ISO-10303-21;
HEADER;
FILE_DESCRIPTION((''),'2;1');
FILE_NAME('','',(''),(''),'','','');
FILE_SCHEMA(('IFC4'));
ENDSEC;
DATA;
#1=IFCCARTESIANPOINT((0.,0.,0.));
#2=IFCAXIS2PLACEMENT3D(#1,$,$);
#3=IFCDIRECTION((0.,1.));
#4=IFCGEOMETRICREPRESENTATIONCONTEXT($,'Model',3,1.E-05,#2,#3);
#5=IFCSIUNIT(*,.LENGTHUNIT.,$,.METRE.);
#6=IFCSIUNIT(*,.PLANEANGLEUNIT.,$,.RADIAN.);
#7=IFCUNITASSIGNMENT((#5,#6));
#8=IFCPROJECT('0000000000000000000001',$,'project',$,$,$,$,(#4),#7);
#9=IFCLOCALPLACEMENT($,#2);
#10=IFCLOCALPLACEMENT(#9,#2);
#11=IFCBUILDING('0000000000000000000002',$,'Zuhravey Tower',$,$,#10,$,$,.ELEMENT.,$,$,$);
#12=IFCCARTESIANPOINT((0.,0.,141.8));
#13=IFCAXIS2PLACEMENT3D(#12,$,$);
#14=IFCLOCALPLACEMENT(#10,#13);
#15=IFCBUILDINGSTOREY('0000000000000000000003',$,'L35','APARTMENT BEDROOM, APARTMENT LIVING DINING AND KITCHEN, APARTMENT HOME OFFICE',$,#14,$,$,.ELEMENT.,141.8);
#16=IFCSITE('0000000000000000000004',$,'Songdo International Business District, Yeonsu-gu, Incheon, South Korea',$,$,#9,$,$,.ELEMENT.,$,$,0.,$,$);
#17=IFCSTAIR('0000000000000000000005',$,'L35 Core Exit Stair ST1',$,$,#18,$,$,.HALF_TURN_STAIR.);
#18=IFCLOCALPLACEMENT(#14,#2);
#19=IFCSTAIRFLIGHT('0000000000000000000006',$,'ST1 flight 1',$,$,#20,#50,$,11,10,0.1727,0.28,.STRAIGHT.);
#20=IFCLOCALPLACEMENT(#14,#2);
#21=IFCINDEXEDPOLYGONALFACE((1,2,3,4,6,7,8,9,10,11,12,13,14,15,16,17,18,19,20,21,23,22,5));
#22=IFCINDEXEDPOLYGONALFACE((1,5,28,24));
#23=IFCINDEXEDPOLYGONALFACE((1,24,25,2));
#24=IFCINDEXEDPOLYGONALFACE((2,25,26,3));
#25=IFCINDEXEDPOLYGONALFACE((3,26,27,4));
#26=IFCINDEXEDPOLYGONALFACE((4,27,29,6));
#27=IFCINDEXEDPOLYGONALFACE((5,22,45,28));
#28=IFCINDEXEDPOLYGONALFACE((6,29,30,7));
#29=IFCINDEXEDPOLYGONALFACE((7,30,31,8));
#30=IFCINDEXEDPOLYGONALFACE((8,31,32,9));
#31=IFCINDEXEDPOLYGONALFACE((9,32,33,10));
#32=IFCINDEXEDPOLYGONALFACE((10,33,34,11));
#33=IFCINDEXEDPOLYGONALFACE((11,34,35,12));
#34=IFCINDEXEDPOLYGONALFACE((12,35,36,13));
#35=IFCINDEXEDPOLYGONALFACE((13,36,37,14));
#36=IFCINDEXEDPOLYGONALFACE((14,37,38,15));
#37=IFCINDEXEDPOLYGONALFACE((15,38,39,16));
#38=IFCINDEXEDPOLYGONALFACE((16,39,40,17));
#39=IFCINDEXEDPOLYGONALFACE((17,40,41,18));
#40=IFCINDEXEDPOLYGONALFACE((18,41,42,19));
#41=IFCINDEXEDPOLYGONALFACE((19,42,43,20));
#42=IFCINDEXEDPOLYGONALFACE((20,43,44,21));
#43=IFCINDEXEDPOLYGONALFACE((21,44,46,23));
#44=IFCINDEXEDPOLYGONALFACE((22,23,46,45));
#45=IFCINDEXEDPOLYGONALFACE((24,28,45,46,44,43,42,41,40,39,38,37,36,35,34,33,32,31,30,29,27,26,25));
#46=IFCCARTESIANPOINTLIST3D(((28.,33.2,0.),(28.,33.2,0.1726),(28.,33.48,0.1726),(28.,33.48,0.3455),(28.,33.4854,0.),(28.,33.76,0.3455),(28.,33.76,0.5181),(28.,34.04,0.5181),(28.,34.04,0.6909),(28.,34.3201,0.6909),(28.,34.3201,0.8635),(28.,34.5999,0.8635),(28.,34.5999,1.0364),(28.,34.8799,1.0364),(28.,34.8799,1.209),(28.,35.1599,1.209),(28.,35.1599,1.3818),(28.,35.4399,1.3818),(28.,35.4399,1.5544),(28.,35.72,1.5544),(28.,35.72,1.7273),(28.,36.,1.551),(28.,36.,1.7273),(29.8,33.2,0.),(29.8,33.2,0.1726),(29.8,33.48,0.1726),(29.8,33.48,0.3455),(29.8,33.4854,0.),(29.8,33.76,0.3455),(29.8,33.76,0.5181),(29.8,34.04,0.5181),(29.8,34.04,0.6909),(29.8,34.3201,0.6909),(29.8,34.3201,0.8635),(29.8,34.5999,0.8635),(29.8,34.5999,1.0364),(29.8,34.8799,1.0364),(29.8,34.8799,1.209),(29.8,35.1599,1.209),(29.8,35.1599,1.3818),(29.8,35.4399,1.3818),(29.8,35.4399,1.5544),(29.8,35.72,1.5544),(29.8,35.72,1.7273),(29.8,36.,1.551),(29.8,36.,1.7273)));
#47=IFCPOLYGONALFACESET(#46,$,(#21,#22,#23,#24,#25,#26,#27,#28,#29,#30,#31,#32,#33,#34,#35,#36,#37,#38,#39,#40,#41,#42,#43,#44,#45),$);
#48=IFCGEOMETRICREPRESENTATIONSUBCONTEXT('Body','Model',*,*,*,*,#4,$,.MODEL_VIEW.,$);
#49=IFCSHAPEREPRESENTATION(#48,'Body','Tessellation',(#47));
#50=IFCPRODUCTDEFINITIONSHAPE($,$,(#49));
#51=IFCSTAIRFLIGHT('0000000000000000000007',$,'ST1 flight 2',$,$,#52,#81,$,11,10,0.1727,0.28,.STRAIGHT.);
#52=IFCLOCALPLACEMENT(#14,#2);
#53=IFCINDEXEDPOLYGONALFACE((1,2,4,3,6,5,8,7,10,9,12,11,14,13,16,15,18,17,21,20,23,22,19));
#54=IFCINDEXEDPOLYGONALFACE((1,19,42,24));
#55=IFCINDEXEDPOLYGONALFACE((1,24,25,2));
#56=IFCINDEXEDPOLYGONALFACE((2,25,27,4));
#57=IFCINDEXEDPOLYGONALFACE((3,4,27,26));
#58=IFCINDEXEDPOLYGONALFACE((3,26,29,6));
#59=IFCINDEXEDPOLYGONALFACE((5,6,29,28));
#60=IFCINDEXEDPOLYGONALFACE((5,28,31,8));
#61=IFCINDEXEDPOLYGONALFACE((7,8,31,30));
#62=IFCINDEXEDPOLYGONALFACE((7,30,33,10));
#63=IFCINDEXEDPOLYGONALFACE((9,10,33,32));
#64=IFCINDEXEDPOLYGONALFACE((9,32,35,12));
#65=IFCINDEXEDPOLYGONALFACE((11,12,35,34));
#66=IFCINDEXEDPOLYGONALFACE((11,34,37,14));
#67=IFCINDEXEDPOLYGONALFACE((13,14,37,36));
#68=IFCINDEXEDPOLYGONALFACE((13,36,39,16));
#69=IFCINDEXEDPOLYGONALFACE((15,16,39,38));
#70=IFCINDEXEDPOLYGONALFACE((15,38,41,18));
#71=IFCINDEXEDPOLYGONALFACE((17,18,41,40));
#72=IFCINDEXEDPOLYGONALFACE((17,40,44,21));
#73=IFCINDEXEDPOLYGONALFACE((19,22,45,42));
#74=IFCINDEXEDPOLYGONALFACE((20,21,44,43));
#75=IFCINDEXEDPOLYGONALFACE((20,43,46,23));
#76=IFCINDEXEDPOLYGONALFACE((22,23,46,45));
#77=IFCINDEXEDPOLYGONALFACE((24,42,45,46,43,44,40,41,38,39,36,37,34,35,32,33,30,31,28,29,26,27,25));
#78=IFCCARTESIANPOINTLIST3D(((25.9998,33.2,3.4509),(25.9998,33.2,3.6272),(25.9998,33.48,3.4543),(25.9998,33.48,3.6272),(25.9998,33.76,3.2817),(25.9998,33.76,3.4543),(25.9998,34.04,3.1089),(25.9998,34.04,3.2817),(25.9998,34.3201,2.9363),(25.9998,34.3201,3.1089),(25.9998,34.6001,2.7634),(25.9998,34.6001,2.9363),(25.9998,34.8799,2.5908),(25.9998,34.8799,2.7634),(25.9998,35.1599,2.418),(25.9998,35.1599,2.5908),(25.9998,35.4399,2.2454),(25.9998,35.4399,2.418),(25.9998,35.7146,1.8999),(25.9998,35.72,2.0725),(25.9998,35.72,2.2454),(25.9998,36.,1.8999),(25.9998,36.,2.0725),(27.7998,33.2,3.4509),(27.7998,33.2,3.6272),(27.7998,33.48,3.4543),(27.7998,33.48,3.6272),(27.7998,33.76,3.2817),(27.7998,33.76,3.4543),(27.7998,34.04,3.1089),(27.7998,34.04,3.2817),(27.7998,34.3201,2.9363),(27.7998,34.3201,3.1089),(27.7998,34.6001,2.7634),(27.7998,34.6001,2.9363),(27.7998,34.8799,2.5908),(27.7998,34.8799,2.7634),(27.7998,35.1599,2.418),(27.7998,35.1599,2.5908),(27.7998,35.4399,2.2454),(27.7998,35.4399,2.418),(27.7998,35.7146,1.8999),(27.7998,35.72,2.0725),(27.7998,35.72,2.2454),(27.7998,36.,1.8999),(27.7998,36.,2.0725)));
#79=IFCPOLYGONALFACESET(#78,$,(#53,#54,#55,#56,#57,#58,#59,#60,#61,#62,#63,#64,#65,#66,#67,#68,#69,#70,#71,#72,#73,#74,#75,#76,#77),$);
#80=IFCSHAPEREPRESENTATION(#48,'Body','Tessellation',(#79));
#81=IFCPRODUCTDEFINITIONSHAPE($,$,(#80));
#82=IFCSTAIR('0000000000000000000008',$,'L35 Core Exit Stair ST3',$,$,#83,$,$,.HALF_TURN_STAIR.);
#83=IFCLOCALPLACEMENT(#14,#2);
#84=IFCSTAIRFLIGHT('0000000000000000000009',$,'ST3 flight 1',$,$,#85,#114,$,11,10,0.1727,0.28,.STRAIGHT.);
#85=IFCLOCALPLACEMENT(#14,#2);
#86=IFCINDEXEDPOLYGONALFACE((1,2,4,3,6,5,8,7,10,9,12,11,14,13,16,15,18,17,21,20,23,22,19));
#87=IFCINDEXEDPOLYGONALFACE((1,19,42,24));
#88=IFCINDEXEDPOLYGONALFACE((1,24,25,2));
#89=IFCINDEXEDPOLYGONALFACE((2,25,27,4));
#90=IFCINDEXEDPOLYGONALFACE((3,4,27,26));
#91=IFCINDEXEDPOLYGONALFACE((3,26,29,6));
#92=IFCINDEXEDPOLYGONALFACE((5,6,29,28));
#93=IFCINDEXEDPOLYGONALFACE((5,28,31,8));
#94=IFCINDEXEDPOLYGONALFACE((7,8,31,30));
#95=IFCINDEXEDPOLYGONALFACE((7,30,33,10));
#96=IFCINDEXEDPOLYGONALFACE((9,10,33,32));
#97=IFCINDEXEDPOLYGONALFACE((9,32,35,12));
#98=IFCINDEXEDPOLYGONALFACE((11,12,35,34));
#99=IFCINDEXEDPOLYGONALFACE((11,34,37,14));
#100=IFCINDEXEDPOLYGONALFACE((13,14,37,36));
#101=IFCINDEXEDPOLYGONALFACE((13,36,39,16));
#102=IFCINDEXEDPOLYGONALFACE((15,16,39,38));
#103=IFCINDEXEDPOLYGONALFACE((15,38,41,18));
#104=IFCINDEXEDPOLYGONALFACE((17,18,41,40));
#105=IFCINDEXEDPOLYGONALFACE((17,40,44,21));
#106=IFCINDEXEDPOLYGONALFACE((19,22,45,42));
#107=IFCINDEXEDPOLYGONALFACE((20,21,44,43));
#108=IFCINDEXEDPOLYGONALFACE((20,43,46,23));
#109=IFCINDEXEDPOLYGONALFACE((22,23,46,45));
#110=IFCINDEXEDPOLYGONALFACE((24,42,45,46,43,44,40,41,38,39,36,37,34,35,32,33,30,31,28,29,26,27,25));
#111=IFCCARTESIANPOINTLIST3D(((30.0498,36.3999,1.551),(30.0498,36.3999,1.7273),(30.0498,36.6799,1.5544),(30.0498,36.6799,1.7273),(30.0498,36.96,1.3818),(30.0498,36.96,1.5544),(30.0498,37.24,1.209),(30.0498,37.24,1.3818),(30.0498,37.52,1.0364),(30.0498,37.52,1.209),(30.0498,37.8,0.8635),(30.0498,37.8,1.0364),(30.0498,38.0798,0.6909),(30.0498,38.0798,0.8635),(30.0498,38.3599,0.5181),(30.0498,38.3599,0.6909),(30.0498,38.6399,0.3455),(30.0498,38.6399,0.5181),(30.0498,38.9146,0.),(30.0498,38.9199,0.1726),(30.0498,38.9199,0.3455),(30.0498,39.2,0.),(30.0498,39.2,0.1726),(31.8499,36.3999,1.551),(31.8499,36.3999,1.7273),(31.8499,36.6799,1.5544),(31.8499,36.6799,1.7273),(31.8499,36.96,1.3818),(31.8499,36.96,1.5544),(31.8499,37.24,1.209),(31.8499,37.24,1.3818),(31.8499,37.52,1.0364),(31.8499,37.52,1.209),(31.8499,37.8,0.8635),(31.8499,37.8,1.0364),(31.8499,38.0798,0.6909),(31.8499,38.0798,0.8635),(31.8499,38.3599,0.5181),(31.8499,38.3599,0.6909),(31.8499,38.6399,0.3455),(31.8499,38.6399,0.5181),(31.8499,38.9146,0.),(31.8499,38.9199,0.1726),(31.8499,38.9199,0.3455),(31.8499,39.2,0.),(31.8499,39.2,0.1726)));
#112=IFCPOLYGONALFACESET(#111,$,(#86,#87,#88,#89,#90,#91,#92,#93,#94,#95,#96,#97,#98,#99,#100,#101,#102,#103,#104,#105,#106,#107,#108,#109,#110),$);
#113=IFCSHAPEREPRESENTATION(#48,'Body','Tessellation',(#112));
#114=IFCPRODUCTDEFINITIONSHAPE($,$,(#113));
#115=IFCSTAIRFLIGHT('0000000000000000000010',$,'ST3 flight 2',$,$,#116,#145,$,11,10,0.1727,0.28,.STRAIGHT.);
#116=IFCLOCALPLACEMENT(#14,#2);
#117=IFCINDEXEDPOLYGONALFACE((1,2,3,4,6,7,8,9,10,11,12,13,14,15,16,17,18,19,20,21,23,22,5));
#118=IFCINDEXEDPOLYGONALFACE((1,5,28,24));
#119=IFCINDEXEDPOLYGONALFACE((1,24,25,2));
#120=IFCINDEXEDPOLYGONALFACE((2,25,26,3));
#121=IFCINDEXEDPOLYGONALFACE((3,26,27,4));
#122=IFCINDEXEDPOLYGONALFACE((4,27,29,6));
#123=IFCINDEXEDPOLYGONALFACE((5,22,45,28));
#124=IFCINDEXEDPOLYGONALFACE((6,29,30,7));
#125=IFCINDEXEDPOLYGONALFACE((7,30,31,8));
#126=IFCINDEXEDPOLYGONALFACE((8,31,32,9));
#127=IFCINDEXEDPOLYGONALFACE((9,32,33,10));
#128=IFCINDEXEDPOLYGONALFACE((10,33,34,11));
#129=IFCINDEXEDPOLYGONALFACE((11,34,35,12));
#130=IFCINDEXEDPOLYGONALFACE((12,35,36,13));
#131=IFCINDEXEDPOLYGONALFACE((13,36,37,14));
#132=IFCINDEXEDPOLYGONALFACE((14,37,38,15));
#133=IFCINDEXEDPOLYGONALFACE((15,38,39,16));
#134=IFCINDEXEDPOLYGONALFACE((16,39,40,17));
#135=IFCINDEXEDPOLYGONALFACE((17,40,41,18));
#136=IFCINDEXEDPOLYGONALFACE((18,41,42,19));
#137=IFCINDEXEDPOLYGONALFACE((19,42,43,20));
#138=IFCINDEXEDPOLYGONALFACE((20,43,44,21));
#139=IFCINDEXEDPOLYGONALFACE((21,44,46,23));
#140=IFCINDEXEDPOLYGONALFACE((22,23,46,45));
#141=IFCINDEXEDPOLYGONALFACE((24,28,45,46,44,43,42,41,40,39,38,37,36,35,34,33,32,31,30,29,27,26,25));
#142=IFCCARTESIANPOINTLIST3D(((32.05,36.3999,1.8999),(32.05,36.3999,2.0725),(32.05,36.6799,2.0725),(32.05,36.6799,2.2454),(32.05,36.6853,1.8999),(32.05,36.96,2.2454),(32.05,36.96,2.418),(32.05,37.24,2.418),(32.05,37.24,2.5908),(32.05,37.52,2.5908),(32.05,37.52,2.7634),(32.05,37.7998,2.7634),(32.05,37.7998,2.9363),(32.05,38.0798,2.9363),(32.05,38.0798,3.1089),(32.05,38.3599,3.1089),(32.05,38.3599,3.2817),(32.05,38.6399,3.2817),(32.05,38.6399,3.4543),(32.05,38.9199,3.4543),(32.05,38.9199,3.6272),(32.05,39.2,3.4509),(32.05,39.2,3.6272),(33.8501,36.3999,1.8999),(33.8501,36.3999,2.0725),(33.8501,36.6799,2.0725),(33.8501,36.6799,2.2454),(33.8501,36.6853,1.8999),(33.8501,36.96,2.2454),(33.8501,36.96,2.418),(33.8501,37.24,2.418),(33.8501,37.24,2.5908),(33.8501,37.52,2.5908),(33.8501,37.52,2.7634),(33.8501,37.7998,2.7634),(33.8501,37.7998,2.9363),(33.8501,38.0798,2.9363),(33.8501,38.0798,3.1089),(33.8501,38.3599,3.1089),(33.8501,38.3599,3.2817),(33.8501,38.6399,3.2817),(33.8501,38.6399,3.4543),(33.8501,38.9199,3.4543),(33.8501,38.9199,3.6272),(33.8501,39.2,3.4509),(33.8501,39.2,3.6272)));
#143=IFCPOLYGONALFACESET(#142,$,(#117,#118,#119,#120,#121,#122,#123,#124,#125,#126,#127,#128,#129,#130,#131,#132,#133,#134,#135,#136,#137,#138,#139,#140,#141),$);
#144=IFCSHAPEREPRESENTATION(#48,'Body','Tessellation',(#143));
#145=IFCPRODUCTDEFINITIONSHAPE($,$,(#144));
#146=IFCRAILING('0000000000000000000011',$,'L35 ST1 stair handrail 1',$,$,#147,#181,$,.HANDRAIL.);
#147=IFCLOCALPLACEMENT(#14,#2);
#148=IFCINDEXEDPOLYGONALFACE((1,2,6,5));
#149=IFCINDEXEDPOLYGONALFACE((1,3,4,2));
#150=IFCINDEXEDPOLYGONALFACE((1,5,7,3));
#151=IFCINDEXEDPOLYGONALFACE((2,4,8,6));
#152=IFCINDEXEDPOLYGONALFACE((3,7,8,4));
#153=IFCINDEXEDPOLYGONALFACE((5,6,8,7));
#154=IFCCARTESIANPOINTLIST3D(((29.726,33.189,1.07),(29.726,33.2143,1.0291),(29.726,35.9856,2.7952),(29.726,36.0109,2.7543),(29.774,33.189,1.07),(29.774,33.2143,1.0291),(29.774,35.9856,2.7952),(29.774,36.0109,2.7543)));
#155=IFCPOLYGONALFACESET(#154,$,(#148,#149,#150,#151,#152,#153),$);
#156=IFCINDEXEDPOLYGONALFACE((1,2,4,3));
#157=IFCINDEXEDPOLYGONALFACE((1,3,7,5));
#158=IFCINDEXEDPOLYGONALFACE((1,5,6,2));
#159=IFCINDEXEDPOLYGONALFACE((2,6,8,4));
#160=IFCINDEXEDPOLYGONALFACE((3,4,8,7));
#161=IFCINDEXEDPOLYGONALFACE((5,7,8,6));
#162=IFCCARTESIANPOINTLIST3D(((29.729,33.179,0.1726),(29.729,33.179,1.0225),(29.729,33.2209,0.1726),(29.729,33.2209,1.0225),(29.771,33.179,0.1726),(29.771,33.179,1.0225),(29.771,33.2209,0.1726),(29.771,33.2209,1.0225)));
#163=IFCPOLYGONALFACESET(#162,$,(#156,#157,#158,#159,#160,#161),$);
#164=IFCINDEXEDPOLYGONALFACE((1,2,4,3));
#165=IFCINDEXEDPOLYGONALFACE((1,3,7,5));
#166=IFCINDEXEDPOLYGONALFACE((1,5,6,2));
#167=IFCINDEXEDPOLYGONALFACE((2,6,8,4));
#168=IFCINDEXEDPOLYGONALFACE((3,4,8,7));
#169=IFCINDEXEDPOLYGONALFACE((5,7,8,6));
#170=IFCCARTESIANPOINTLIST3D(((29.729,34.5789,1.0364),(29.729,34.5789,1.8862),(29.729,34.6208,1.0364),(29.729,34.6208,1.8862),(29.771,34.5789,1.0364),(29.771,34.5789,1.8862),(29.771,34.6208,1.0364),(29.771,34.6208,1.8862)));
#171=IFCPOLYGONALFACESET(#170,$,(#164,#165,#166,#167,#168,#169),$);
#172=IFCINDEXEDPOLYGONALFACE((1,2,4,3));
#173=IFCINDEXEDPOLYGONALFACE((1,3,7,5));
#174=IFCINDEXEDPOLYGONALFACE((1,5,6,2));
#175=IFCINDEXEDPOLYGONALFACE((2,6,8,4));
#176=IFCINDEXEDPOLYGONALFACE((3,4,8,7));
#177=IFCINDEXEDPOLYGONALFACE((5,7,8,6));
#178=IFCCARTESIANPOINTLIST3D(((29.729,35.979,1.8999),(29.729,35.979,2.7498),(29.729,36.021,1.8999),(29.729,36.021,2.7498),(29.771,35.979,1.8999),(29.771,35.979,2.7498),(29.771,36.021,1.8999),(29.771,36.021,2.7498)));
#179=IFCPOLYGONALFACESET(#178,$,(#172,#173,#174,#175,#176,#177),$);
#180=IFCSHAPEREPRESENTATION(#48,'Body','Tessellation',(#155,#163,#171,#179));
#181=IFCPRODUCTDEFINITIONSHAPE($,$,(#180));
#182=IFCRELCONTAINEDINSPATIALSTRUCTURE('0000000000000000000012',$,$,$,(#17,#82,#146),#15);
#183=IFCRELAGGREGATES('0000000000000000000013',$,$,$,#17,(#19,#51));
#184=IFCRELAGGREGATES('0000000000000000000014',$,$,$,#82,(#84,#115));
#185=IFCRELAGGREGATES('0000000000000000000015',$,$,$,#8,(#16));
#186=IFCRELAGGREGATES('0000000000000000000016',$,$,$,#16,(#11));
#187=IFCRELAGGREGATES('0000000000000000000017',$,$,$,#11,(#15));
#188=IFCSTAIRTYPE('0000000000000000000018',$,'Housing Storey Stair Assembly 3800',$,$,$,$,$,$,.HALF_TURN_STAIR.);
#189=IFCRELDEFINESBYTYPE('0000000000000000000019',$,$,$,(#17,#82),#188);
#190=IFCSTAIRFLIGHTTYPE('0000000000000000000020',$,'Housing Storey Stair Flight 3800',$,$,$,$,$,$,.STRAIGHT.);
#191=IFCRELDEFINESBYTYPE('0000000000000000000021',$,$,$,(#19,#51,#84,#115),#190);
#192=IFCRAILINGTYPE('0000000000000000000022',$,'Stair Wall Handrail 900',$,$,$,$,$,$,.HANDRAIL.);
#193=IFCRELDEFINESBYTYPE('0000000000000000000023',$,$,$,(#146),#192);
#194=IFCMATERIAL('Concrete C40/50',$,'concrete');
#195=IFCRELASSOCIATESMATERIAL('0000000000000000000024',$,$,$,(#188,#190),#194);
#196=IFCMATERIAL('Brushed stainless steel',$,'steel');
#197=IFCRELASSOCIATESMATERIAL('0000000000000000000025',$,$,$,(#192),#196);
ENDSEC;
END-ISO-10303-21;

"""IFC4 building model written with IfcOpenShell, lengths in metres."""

from ifc_helpers import new_model, si_unit, direction, frame, origin, origin_2d, place, context, subcontext, project, spatial, polyline, rectangle, outline, extrude, material, type_object, element, aggregate, save


model = new_model("IFC4")

# Units and contexts
model_context = context("Model", 3, precision=1e-05, world=origin(), true_north=direction((0.0, 1.0)))
body_context = subcontext(model_context, "Body", "Model", "MODEL_VIEW")
ifc_project = project(units=[si_unit("LENGTHUNIT", "METRE"), si_unit("PLANEANGLEUNIT", "RADIAN")], contexts=[model_context])

# Site, building, storey
site_placement = place(None, origin())
site = spatial("IfcSite", under=ifc_project, at=site_placement, Name="Songdo International Business District, Yeonsu-gu, Incheon, South Korea", CompositionType="ELEMENT", RefElevation=0.0)
building_placement = place(site_placement, origin())
building = spatial("IfcBuilding", under=site, at=building_placement, Name="Zuhravey Tower", CompositionType="ELEMENT")
storey_placement = place(building_placement, frame((0.0, 0.0, 141.8)))
storey = spatial("IfcBuildingStorey", under=building, at=storey_placement, Name="L35", Description="APARTMENT BEDROOM, APARTMENT LIVING DINING AND KITCHEN, APARTMENT HOME OFFICE", CompositionType="ELEMENT", Elevation=141.8)

# Stairs, stair flights
ifc_material_1 = material(Name="Concrete C40/50", Category="concrete")
stair_type = type_object("IfcStairType", Name="Housing Storey Stair Assembly 3800", PredefinedType="HALF_TURN_STAIR", material=ifc_material_1)
stair_1_placement = place(storey_placement, origin())
stair_1 = element("IfcStair", 1, at=stair_1_placement, inside=storey, type_object=stair_type, Name="L35 Core Exit Stair ST1", PredefinedType="HALF_TURN_STAIR")
stair_flight_type = type_object("IfcStairFlightType", Name="Housing Storey Stair Flight 3800", PredefinedType="STRAIGHT", material=ifc_material_1)
stair_flight_1_placement = place(storey_placement, frame((28.8999, 33.2, 0.0), z_axis=(0.0, 0.0, 1.0), x_axis=(0.0, 1.0, 0.0)))
stair_flight_1 = element("IfcStairFlight", 2, at=stair_flight_1_placement, type_object=stair_flight_type, Name="ST1 flight 1", NumberOfRisers=11, NumberOfTreads=10, PredefinedType="STRAIGHT", RiserHeight=0.1727, TreadLength=0.28, context=body_context, shape_type="SweptSolid", body=[
    extrude(outline(polyline([(0.0, 0.0), (0.0, 0.1726), (0.28, 0.1726), (0.28, 0.3455), (0.5601, 0.3455), (0.5601, 0.5181), (0.8401, 0.5181), (0.8401, 0.6909), (1.1201, 0.6909), (1.1201, 0.8635), (1.3999, 0.8635), (1.3999, 1.0364), (1.6799, 1.0364), (1.6799, 1.209), (1.96, 1.209), (1.96, 1.3818), (2.24, 1.3818), (2.24, 1.5544), (2.52, 1.5544), (2.52, 1.7273), (2.8, 1.7273), (2.8, 1.8999), (2.8, 1.551), (0.2854, 0.0), (0.0, 0.0)])), frame((0.0, 0.8999, 0.0), z_axis=(0.0, -1.0, 0.0), x_axis=(1.0, 0.0, 0.0)), (0.0, 0.0, 1.0), 1.8),
])
stair_flight_2_placement = place(storey_placement, frame((26.8999, 36.0, 1.8999), z_axis=(0.0, 0.0, 1.0), x_axis=(0.0, -1.0, 0.0)))
stair_flight_2 = element("IfcStairFlight", 3, at=stair_flight_2_placement, type_object=stair_flight_type, Name="ST1 flight 2", NumberOfRisers=11, NumberOfTreads=10, PredefinedType="STRAIGHT", RiserHeight=0.1727, TreadLength=0.28, context=body_context, shape_type="SweptSolid", body=[
    extrude(outline(polyline([(0.0, 0.0), (0.0, 0.1726), (0.28, 0.1726), (0.28, 0.3455), (0.5601, 0.3455), (0.5601, 0.5181), (0.8401, 0.5181), (0.8401, 0.6909), (1.1201, 0.6909), (1.1201, 0.8635), (1.3999, 0.8635), (1.3999, 1.0364), (1.6799, 1.0364), (1.6799, 1.209), (1.96, 1.209), (1.96, 1.3818), (2.24, 1.3818), (2.24, 1.5544), (2.52, 1.5544), (2.52, 1.7273), (2.8, 1.7273), (2.8, 1.8999), (2.8, 1.551), (0.2854, 0.0), (0.0, 0.0)])), frame((0.0, 0.8999, 0.0), z_axis=(0.0, -1.0, 0.0), x_axis=(1.0, 0.0, 0.0)), (0.0, 0.0, 1.0), 1.8),
])
aggregate(stair_1, [stair_flight_1, stair_flight_2])
stair_2_placement = place(storey_placement, origin())
stair_2 = element("IfcStair", 4, at=stair_2_placement, inside=storey, type_object=stair_type, Name="L35 Core Exit Stair ST3", PredefinedType="HALF_TURN_STAIR")
stair_flight_3_placement = place(storey_placement, frame((30.95, 39.2, 0.0), z_axis=(0.0, 0.0, 1.0), x_axis=(0.0, -1.0, 0.0)))
stair_flight_3 = element("IfcStairFlight", 5, at=stair_flight_3_placement, type_object=stair_flight_type, Name="ST3 flight 1", NumberOfRisers=11, NumberOfTreads=10, PredefinedType="STRAIGHT", RiserHeight=0.1727, TreadLength=0.28, context=body_context, shape_type="SweptSolid", body=[
    extrude(outline(polyline([(0.0, 0.0), (0.0, 0.1726), (0.28, 0.1726), (0.28, 0.3455), (0.5601, 0.3455), (0.5601, 0.5181), (0.8401, 0.5181), (0.8401, 0.6909), (1.1201, 0.6909), (1.1201, 0.8635), (1.3999, 0.8635), (1.3999, 1.0364), (1.6799, 1.0364), (1.6799, 1.209), (1.96, 1.209), (1.96, 1.3818), (2.24, 1.3818), (2.24, 1.5544), (2.52, 1.5544), (2.52, 1.7273), (2.8, 1.7273), (2.8, 1.8999), (2.8, 1.551), (0.2854, 0.0), (0.0, 0.0)])), frame((0.0, 0.8999, 0.0), z_axis=(0.0, -1.0, 0.0), x_axis=(1.0, 0.0, 0.0)), (0.0, 0.0, 1.0), 1.8),
])
stair_flight_4_placement = place(storey_placement, frame((32.95, 36.3999, 1.8999), z_axis=(0.0, 0.0, 1.0), x_axis=(0.0, 1.0, 0.0)))
stair_flight_4 = element("IfcStairFlight", 6, at=stair_flight_4_placement, type_object=stair_flight_type, Name="ST3 flight 2", NumberOfRisers=11, NumberOfTreads=10, PredefinedType="STRAIGHT", RiserHeight=0.1727, TreadLength=0.28, context=body_context, shape_type="SweptSolid", body=[
    extrude(outline(polyline([(0.0, 0.0), (0.0, 0.1726), (0.28, 0.1726), (0.28, 0.3455), (0.5601, 0.3455), (0.5601, 0.5181), (0.8401, 0.5181), (0.8401, 0.6909), (1.1201, 0.6909), (1.1201, 0.8635), (1.3999, 0.8635), (1.3999, 1.0364), (1.6799, 1.0364), (1.6799, 1.209), (1.96, 1.209), (1.96, 1.3818), (2.24, 1.3818), (2.24, 1.5544), (2.52, 1.5544), (2.52, 1.7273), (2.8, 1.7273), (2.8, 1.8999), (2.8, 1.551), (0.2854, 0.0), (0.0, 0.0)])), frame((0.0, 0.8999, 0.0), z_axis=(0.0, -1.0, 0.0), x_axis=(1.0, 0.0, 0.0)), (0.0, 0.0, 1.0), 1.8),
])
aggregate(stair_2, [stair_flight_3, stair_flight_4])

# Railing
ifc_material_2 = material(Name="Brushed stainless steel", Category="steel")
railing_type_1 = type_object("IfcRailingType", Name="Stair Wall Handrail 900", PredefinedType="HANDRAIL", material=ifc_material_2)
railing_1_placement = place(storey_placement, frame((29.75, 33.2, 0.1726)))
element("IfcRailing", 7, at=railing_1_placement, inside=storey, type_object=railing_type_1, Name="L35 ST1 stair handrail 1", PredefinedType="HANDRAIL", context=body_context, shape_type="SweptSolid", body=[
    extrude(rectangle(XDim=0.0481, YDim=0.0481, at=origin_2d()), frame((0.0, 0.0017, 0.877), z_axis=(0.0, 0.85109, 0.52502), x_axis=(-1.0, 0.0, 0.0)), (0.0, 0.0, 1.0), 3.2859),
    extrude(rectangle(XDim=0.042, YDim=0.042, at=origin_2d()), origin(), (0.0, 0.0, 1.0), 0.8499),
    extrude(rectangle(XDim=0.042, YDim=0.042, at=origin_2d()), frame((0.0, 1.3999, 0.8638)), (0.0, 0.0, 1.0), 0.8499),
    extrude(rectangle(XDim=0.042, YDim=0.042, at=origin_2d()), frame((0.0, 2.8, 1.7273)), (0.0, 0.0, 1.0), 0.8499),
])

save(model, "model.ifc")
